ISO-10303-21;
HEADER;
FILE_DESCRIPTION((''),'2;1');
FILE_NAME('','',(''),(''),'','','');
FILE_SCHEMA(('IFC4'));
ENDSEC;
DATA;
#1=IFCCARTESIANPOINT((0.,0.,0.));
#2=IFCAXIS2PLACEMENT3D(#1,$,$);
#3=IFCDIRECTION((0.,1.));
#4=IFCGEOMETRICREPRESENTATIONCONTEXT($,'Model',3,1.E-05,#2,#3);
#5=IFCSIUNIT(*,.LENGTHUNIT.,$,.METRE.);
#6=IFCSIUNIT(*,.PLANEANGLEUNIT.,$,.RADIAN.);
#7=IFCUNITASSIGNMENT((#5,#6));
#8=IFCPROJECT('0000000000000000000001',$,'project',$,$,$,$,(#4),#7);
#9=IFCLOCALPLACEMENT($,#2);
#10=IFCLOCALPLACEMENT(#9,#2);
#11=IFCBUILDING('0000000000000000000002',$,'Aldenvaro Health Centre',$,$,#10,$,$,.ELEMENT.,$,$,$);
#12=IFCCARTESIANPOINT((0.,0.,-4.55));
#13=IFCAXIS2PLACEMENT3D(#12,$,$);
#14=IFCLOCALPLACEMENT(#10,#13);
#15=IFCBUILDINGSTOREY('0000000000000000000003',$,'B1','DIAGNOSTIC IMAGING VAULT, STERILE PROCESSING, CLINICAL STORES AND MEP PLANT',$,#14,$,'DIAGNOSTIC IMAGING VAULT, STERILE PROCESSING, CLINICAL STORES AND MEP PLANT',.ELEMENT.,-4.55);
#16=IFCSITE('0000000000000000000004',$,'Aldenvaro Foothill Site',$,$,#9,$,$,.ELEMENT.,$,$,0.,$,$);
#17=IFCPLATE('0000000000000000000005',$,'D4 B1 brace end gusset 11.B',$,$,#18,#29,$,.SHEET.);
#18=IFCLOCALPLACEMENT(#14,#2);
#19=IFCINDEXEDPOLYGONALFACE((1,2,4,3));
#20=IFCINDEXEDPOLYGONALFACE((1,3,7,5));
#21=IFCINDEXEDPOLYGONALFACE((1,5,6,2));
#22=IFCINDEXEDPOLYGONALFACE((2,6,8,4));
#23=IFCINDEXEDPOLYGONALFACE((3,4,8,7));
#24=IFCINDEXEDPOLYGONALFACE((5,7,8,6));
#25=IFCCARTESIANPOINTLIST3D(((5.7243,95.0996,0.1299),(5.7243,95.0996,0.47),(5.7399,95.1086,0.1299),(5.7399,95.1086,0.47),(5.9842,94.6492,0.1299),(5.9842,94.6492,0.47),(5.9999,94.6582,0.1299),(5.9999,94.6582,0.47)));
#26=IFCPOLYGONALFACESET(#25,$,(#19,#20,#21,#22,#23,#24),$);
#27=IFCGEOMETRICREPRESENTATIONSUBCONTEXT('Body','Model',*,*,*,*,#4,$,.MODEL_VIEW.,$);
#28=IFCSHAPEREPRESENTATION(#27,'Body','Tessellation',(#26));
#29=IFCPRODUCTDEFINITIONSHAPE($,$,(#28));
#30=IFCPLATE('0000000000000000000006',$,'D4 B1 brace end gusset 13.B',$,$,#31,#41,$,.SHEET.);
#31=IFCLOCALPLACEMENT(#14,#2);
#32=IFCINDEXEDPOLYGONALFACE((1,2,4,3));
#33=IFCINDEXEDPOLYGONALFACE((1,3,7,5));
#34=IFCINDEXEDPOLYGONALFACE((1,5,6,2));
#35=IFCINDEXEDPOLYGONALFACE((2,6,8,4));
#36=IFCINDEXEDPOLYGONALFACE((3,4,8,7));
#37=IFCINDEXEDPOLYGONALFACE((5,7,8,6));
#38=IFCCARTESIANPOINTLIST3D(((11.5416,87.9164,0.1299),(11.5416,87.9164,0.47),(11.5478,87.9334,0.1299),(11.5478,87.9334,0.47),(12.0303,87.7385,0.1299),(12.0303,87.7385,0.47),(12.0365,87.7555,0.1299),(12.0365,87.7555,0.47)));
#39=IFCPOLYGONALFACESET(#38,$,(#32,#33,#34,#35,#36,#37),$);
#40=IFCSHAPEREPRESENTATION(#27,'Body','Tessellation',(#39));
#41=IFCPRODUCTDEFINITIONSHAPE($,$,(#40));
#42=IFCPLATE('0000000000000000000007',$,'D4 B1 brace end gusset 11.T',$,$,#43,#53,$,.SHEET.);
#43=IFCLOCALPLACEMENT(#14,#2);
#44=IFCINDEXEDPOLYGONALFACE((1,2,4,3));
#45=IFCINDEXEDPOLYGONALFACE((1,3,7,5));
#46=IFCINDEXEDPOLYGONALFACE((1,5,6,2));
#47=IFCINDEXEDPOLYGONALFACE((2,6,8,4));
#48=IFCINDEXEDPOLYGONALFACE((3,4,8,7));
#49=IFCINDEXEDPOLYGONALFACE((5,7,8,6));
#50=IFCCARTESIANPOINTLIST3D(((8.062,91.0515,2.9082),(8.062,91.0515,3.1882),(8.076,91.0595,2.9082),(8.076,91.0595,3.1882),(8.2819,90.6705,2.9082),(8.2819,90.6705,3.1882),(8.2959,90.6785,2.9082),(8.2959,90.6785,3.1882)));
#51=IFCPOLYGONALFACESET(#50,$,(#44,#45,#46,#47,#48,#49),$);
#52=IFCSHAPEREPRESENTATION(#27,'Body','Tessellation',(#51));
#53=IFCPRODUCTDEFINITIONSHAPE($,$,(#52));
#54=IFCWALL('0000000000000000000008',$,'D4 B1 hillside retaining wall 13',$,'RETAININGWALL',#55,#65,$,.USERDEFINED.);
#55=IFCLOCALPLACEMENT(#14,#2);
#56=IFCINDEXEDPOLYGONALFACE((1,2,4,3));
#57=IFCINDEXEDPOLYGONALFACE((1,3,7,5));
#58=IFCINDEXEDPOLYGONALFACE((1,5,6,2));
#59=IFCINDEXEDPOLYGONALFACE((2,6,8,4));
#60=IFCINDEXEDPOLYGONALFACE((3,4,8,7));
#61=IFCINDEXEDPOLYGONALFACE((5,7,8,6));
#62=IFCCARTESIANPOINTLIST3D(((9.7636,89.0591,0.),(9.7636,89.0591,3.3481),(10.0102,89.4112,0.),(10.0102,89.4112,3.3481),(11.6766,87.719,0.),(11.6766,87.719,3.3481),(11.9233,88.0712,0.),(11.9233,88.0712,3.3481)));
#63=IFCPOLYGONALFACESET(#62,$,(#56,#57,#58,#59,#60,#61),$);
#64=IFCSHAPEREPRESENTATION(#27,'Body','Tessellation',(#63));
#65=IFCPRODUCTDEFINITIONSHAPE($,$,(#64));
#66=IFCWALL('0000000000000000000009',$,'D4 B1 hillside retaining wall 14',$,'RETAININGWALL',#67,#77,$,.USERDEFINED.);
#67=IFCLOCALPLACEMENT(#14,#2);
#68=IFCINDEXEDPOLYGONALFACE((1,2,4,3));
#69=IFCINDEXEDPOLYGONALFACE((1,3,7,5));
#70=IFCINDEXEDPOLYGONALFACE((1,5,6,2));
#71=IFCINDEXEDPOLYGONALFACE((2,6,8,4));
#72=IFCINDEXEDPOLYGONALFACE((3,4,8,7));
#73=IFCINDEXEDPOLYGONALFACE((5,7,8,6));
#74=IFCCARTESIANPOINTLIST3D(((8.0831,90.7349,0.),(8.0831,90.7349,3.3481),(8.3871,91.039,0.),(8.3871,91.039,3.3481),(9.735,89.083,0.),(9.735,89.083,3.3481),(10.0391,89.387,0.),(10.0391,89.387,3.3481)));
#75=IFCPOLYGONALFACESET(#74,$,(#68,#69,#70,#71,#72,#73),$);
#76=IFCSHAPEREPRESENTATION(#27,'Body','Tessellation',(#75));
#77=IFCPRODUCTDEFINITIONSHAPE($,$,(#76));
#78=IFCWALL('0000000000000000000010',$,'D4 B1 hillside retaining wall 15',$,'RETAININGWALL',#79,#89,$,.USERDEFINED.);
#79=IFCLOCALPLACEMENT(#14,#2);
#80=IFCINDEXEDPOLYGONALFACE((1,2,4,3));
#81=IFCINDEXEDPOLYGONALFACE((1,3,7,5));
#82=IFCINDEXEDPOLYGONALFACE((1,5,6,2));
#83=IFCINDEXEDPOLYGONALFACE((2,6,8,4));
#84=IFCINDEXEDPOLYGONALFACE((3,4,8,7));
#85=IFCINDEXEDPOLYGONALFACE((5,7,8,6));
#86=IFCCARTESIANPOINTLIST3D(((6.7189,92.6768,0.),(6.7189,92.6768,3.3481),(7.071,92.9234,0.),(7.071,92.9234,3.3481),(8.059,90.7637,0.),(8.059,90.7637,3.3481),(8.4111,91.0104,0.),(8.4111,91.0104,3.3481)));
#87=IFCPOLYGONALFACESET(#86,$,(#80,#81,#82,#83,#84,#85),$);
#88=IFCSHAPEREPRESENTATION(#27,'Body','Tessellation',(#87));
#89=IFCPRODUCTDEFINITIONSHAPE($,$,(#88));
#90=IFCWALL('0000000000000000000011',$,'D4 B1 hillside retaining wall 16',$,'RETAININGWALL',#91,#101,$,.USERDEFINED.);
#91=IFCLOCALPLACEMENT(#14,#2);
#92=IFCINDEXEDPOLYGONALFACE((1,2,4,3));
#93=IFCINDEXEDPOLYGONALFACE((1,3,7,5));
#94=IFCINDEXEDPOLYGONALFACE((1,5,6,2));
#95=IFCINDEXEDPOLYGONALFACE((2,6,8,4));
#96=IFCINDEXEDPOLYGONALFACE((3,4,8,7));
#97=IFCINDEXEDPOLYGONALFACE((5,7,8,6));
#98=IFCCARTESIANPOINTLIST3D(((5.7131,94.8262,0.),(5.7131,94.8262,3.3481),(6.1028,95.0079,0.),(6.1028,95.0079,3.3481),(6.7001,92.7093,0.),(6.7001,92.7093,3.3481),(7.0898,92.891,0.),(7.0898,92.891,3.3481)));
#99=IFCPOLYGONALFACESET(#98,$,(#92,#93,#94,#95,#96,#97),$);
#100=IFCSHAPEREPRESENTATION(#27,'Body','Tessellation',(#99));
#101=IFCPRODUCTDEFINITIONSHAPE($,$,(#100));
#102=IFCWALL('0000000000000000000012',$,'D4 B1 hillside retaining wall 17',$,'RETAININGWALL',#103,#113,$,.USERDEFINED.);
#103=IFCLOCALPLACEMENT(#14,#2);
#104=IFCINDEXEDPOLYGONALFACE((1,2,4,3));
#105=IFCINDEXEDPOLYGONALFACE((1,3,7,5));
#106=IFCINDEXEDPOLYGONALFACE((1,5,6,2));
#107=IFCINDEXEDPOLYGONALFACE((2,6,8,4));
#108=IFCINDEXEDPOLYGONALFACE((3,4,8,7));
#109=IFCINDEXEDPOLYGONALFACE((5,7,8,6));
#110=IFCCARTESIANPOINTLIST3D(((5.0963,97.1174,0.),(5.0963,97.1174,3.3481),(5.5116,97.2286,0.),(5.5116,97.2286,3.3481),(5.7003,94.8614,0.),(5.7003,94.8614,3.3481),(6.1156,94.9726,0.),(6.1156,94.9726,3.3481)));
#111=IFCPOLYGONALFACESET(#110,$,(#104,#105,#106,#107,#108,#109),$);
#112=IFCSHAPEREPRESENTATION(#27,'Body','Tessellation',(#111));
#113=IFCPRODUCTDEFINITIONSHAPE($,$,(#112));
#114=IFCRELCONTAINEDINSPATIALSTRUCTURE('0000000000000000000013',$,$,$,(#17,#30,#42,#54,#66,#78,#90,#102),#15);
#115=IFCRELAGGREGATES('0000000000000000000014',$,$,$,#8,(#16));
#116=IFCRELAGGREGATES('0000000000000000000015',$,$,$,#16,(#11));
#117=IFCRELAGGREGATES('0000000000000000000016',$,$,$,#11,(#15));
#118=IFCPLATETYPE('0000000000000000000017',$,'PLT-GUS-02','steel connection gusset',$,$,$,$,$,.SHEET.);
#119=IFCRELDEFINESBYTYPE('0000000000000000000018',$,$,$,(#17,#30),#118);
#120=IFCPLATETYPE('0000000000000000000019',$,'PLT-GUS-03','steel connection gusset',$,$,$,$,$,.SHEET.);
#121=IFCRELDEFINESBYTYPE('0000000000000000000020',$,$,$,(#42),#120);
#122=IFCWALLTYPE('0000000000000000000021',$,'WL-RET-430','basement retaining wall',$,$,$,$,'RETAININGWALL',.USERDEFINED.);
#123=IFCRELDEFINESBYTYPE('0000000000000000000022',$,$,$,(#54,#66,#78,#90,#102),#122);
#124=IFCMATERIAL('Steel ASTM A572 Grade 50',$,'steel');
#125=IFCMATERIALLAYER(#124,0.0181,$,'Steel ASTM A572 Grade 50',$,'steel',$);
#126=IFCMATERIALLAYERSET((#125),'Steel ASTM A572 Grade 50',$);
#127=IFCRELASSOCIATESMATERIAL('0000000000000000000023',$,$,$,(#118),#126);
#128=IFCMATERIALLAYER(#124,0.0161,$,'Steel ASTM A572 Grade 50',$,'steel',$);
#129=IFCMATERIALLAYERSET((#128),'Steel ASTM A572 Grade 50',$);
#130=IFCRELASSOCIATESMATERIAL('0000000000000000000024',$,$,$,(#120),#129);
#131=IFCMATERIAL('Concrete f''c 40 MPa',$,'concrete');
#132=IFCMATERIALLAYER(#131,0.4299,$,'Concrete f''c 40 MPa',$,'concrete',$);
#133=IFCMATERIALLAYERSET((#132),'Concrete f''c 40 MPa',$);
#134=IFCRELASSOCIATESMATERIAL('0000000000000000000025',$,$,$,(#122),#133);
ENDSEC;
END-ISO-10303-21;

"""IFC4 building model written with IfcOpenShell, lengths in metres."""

from ifc_helpers import new_model, si_unit, direction, frame, frame_2d, origin, origin_2d, place, context, subcontext, project, spatial, rectangle, extrude, material, layer, layer_set, type_object, element, save


model = new_model("IFC4")

# Units and contexts
model_context = context("Model", 3, precision=1e-05, world=origin(), true_north=direction((0.0, 1.0)))
body_context = subcontext(model_context, "Body", "Model", "MODEL_VIEW")
ifc_project = project(units=[si_unit("LENGTHUNIT", "METRE"), si_unit("PLANEANGLEUNIT", "RADIAN")], contexts=[model_context])

# Site, building, storey
site_placement = place(None, origin())
site = spatial("IfcSite", under=ifc_project, at=site_placement, Name="Aldenvaro Foothill Site", CompositionType="ELEMENT", RefElevation=0.0)
building_placement = place(site_placement, origin())
building = spatial("IfcBuilding", under=site, at=building_placement, Name="Aldenvaro Health Centre", CompositionType="ELEMENT")
storey_placement = place(building_placement, frame((0.0, 0.0, -4.55)))
storey = spatial("IfcBuildingStorey", under=building, at=storey_placement, Name="B1", Description="DIAGNOSTIC IMAGING VAULT, STERILE PROCESSING, CLINICAL STORES AND MEP PLANT", LongName="DIAGNOSTIC IMAGING VAULT, STERILE PROCESSING, CLINICAL STORES AND MEP PLANT", CompositionType="ELEMENT", Elevation=-4.55)

# Shared definitions
ifc_material_1 = material(Name="Concrete f'c 40 MPa", Category="concrete")

# Plates
ifc_material_2 = material(Name="Steel ASTM A572 Grade 50", Category="steel")
ifc_layer_1 = layer(ifc_material_2, 0.0181, Name="Steel ASTM A572 Grade 50", Category="steel")
ifc_layer_set_1 = layer_set([ifc_layer_1], Name="Steel ASTM A572 Grade 50")
plate_type_1 = type_object("IfcPlateType", Name="PLT-GUS-02", Description="steel connection gusset", PredefinedType="SHEET", material=ifc_layer_set_1)
for number, where, z_axis, x_axis, name in (
    (1, (5.8621, 94.8789, 0.1299), (0.0, 0.0, 1.0), (0.499924, -0.866069, 0.0), "D4 B1 brace end gusset 11.B"),
    (2, (11.7891, 87.8359, 0.1299), (0.0, 0.0, 1.0), (0.939699, -0.342004, 0.0), "D4 B1 brace end gusset 13.B"),
):
    element("IfcPlate", number, at=place(storey_placement, frame(where, z_axis=z_axis, x_axis=x_axis)), inside=storey, type_object=plate_type_1, Name=name, PredefinedType="SHEET", context=body_context, shape_type="SweptSolid", body=[
        extrude(rectangle(XDim=0.52, YDim=0.0181, at=origin_2d()), origin(), (0.0, 0.0, 1.0), 0.3401),
    ])
ifc_layer_2 = layer(ifc_material_2, 0.0161, Name="Steel ASTM A572 Grade 50", Category="steel")
ifc_layer_set_2 = layer_set([ifc_layer_2], Name="Steel ASTM A572 Grade 50")
plate_type_2 = type_object("IfcPlateType", Name="PLT-GUS-03", Description="steel connection gusset", PredefinedType="SHEET", material=ifc_layer_set_2)
plate_placement = place(storey_placement, frame((8.179, 90.865, 2.9082), z_axis=(0.0, 0.0, 1.0), x_axis=(0.499924, -0.866069, 0.0)))
element("IfcPlate", 3, at=plate_placement, inside=storey, type_object=plate_type_2, Name="D4 B1 brace end gusset 11.T", PredefinedType="SHEET", context=body_context, shape_type="SweptSolid", body=[
    extrude(rectangle(XDim=0.4399, YDim=0.0161, at=origin_2d()), origin(), (0.0, 0.0, 1.0), 0.28),
])

# Walls
ifc_layer_3 = layer(ifc_material_1, 0.4299, Name="Concrete f'c 40 MPa", Category="concrete")
ifc_layer_set_3 = layer_set([ifc_layer_3], Name="Concrete f'c 40 MPa")
wall_type = type_object("IfcWallType", Name="WL-RET-430", Description="basement retaining wall", ElementType="RETAININGWALL", PredefinedType="USERDEFINED", material=ifc_layer_set_3)
wall_1_placement = place(storey_placement, frame((11.8, 87.895, 0.0), z_axis=(0.0, 0.0, 1.0), x_axis=(-0.819045, 0.573729, 0.0)))
element("IfcWall", 4, at=wall_1_placement, inside=storey, type_object=wall_type, Name="D4 B1 hillside retaining wall 13", ObjectType="RETAININGWALL", PredefinedType="USERDEFINED", context=body_context, shape_type="SweptSolid", body=[
    extrude(rectangle(XDim=2.3357, YDim=0.4299, at=frame_2d((1.168, 0.0))), origin(), (0.0, 0.0, 1.0), 3.3481),
])
wall_2_placement = place(storey_placement, frame((9.887, 89.2351, 0.0), z_axis=(0.0, 0.0, 1.0), x_axis=(-0.707107, 0.707107, 0.0)))
element("IfcWall", 5, at=wall_2_placement, inside=storey, type_object=wall_type, Name="D4 B1 hillside retaining wall 14", ObjectType="RETAININGWALL", PredefinedType="USERDEFINED", context=body_context, shape_type="SweptSolid", body=[
    extrude(rectangle(XDim=2.3362, YDim=0.4299, at=frame_2d((1.168, 0.0))), origin(), (0.0, 0.0, 1.0), 3.3481),
])
for number, where, z_axis, x_axis, name in (
    (6, (8.2351, 90.887, 0.0), (0.0, 0.0, 1.0), (-0.573729, 0.819045, 0.0), "D4 B1 hillside retaining wall 15"),
    (7, (6.895, 92.8, 0.0), (0.0, 0.0, 1.0), (-0.422588, 0.906322, 0.0), "D4 B1 hillside retaining wall 16"),
):
    element("IfcWall", number, at=place(storey_placement, frame(where, z_axis=z_axis, x_axis=x_axis)), inside=storey, type_object=wall_type, Name=name, ObjectType="RETAININGWALL", PredefinedType="USERDEFINED", context=body_context, shape_type="SweptSolid", body=[
        extrude(rectangle(XDim=2.3357, YDim=0.4299, at=frame_2d((1.168, 0.0))), origin(), (0.0, 0.0, 1.0), 3.3481),
    ])
wall_3_placement = place(storey_placement, frame((5.908, 94.917, 0.0), z_axis=(0.0, 0.0, 1.0), x_axis=(-0.258612, 0.965981, 0.0)))
element("IfcWall", 8, at=wall_3_placement, inside=storey, type_object=wall_type, Name="D4 B1 hillside retaining wall 17", ObjectType="RETAININGWALL", PredefinedType="USERDEFINED", context=body_context, shape_type="SweptSolid", body=[
    extrude(rectangle(XDim=2.3354, YDim=0.4299, at=frame_2d((1.1677, 0.0))), origin(), (0.0, 0.0, 1.0), 3.3481),
])

save(model, "model.ifc")
